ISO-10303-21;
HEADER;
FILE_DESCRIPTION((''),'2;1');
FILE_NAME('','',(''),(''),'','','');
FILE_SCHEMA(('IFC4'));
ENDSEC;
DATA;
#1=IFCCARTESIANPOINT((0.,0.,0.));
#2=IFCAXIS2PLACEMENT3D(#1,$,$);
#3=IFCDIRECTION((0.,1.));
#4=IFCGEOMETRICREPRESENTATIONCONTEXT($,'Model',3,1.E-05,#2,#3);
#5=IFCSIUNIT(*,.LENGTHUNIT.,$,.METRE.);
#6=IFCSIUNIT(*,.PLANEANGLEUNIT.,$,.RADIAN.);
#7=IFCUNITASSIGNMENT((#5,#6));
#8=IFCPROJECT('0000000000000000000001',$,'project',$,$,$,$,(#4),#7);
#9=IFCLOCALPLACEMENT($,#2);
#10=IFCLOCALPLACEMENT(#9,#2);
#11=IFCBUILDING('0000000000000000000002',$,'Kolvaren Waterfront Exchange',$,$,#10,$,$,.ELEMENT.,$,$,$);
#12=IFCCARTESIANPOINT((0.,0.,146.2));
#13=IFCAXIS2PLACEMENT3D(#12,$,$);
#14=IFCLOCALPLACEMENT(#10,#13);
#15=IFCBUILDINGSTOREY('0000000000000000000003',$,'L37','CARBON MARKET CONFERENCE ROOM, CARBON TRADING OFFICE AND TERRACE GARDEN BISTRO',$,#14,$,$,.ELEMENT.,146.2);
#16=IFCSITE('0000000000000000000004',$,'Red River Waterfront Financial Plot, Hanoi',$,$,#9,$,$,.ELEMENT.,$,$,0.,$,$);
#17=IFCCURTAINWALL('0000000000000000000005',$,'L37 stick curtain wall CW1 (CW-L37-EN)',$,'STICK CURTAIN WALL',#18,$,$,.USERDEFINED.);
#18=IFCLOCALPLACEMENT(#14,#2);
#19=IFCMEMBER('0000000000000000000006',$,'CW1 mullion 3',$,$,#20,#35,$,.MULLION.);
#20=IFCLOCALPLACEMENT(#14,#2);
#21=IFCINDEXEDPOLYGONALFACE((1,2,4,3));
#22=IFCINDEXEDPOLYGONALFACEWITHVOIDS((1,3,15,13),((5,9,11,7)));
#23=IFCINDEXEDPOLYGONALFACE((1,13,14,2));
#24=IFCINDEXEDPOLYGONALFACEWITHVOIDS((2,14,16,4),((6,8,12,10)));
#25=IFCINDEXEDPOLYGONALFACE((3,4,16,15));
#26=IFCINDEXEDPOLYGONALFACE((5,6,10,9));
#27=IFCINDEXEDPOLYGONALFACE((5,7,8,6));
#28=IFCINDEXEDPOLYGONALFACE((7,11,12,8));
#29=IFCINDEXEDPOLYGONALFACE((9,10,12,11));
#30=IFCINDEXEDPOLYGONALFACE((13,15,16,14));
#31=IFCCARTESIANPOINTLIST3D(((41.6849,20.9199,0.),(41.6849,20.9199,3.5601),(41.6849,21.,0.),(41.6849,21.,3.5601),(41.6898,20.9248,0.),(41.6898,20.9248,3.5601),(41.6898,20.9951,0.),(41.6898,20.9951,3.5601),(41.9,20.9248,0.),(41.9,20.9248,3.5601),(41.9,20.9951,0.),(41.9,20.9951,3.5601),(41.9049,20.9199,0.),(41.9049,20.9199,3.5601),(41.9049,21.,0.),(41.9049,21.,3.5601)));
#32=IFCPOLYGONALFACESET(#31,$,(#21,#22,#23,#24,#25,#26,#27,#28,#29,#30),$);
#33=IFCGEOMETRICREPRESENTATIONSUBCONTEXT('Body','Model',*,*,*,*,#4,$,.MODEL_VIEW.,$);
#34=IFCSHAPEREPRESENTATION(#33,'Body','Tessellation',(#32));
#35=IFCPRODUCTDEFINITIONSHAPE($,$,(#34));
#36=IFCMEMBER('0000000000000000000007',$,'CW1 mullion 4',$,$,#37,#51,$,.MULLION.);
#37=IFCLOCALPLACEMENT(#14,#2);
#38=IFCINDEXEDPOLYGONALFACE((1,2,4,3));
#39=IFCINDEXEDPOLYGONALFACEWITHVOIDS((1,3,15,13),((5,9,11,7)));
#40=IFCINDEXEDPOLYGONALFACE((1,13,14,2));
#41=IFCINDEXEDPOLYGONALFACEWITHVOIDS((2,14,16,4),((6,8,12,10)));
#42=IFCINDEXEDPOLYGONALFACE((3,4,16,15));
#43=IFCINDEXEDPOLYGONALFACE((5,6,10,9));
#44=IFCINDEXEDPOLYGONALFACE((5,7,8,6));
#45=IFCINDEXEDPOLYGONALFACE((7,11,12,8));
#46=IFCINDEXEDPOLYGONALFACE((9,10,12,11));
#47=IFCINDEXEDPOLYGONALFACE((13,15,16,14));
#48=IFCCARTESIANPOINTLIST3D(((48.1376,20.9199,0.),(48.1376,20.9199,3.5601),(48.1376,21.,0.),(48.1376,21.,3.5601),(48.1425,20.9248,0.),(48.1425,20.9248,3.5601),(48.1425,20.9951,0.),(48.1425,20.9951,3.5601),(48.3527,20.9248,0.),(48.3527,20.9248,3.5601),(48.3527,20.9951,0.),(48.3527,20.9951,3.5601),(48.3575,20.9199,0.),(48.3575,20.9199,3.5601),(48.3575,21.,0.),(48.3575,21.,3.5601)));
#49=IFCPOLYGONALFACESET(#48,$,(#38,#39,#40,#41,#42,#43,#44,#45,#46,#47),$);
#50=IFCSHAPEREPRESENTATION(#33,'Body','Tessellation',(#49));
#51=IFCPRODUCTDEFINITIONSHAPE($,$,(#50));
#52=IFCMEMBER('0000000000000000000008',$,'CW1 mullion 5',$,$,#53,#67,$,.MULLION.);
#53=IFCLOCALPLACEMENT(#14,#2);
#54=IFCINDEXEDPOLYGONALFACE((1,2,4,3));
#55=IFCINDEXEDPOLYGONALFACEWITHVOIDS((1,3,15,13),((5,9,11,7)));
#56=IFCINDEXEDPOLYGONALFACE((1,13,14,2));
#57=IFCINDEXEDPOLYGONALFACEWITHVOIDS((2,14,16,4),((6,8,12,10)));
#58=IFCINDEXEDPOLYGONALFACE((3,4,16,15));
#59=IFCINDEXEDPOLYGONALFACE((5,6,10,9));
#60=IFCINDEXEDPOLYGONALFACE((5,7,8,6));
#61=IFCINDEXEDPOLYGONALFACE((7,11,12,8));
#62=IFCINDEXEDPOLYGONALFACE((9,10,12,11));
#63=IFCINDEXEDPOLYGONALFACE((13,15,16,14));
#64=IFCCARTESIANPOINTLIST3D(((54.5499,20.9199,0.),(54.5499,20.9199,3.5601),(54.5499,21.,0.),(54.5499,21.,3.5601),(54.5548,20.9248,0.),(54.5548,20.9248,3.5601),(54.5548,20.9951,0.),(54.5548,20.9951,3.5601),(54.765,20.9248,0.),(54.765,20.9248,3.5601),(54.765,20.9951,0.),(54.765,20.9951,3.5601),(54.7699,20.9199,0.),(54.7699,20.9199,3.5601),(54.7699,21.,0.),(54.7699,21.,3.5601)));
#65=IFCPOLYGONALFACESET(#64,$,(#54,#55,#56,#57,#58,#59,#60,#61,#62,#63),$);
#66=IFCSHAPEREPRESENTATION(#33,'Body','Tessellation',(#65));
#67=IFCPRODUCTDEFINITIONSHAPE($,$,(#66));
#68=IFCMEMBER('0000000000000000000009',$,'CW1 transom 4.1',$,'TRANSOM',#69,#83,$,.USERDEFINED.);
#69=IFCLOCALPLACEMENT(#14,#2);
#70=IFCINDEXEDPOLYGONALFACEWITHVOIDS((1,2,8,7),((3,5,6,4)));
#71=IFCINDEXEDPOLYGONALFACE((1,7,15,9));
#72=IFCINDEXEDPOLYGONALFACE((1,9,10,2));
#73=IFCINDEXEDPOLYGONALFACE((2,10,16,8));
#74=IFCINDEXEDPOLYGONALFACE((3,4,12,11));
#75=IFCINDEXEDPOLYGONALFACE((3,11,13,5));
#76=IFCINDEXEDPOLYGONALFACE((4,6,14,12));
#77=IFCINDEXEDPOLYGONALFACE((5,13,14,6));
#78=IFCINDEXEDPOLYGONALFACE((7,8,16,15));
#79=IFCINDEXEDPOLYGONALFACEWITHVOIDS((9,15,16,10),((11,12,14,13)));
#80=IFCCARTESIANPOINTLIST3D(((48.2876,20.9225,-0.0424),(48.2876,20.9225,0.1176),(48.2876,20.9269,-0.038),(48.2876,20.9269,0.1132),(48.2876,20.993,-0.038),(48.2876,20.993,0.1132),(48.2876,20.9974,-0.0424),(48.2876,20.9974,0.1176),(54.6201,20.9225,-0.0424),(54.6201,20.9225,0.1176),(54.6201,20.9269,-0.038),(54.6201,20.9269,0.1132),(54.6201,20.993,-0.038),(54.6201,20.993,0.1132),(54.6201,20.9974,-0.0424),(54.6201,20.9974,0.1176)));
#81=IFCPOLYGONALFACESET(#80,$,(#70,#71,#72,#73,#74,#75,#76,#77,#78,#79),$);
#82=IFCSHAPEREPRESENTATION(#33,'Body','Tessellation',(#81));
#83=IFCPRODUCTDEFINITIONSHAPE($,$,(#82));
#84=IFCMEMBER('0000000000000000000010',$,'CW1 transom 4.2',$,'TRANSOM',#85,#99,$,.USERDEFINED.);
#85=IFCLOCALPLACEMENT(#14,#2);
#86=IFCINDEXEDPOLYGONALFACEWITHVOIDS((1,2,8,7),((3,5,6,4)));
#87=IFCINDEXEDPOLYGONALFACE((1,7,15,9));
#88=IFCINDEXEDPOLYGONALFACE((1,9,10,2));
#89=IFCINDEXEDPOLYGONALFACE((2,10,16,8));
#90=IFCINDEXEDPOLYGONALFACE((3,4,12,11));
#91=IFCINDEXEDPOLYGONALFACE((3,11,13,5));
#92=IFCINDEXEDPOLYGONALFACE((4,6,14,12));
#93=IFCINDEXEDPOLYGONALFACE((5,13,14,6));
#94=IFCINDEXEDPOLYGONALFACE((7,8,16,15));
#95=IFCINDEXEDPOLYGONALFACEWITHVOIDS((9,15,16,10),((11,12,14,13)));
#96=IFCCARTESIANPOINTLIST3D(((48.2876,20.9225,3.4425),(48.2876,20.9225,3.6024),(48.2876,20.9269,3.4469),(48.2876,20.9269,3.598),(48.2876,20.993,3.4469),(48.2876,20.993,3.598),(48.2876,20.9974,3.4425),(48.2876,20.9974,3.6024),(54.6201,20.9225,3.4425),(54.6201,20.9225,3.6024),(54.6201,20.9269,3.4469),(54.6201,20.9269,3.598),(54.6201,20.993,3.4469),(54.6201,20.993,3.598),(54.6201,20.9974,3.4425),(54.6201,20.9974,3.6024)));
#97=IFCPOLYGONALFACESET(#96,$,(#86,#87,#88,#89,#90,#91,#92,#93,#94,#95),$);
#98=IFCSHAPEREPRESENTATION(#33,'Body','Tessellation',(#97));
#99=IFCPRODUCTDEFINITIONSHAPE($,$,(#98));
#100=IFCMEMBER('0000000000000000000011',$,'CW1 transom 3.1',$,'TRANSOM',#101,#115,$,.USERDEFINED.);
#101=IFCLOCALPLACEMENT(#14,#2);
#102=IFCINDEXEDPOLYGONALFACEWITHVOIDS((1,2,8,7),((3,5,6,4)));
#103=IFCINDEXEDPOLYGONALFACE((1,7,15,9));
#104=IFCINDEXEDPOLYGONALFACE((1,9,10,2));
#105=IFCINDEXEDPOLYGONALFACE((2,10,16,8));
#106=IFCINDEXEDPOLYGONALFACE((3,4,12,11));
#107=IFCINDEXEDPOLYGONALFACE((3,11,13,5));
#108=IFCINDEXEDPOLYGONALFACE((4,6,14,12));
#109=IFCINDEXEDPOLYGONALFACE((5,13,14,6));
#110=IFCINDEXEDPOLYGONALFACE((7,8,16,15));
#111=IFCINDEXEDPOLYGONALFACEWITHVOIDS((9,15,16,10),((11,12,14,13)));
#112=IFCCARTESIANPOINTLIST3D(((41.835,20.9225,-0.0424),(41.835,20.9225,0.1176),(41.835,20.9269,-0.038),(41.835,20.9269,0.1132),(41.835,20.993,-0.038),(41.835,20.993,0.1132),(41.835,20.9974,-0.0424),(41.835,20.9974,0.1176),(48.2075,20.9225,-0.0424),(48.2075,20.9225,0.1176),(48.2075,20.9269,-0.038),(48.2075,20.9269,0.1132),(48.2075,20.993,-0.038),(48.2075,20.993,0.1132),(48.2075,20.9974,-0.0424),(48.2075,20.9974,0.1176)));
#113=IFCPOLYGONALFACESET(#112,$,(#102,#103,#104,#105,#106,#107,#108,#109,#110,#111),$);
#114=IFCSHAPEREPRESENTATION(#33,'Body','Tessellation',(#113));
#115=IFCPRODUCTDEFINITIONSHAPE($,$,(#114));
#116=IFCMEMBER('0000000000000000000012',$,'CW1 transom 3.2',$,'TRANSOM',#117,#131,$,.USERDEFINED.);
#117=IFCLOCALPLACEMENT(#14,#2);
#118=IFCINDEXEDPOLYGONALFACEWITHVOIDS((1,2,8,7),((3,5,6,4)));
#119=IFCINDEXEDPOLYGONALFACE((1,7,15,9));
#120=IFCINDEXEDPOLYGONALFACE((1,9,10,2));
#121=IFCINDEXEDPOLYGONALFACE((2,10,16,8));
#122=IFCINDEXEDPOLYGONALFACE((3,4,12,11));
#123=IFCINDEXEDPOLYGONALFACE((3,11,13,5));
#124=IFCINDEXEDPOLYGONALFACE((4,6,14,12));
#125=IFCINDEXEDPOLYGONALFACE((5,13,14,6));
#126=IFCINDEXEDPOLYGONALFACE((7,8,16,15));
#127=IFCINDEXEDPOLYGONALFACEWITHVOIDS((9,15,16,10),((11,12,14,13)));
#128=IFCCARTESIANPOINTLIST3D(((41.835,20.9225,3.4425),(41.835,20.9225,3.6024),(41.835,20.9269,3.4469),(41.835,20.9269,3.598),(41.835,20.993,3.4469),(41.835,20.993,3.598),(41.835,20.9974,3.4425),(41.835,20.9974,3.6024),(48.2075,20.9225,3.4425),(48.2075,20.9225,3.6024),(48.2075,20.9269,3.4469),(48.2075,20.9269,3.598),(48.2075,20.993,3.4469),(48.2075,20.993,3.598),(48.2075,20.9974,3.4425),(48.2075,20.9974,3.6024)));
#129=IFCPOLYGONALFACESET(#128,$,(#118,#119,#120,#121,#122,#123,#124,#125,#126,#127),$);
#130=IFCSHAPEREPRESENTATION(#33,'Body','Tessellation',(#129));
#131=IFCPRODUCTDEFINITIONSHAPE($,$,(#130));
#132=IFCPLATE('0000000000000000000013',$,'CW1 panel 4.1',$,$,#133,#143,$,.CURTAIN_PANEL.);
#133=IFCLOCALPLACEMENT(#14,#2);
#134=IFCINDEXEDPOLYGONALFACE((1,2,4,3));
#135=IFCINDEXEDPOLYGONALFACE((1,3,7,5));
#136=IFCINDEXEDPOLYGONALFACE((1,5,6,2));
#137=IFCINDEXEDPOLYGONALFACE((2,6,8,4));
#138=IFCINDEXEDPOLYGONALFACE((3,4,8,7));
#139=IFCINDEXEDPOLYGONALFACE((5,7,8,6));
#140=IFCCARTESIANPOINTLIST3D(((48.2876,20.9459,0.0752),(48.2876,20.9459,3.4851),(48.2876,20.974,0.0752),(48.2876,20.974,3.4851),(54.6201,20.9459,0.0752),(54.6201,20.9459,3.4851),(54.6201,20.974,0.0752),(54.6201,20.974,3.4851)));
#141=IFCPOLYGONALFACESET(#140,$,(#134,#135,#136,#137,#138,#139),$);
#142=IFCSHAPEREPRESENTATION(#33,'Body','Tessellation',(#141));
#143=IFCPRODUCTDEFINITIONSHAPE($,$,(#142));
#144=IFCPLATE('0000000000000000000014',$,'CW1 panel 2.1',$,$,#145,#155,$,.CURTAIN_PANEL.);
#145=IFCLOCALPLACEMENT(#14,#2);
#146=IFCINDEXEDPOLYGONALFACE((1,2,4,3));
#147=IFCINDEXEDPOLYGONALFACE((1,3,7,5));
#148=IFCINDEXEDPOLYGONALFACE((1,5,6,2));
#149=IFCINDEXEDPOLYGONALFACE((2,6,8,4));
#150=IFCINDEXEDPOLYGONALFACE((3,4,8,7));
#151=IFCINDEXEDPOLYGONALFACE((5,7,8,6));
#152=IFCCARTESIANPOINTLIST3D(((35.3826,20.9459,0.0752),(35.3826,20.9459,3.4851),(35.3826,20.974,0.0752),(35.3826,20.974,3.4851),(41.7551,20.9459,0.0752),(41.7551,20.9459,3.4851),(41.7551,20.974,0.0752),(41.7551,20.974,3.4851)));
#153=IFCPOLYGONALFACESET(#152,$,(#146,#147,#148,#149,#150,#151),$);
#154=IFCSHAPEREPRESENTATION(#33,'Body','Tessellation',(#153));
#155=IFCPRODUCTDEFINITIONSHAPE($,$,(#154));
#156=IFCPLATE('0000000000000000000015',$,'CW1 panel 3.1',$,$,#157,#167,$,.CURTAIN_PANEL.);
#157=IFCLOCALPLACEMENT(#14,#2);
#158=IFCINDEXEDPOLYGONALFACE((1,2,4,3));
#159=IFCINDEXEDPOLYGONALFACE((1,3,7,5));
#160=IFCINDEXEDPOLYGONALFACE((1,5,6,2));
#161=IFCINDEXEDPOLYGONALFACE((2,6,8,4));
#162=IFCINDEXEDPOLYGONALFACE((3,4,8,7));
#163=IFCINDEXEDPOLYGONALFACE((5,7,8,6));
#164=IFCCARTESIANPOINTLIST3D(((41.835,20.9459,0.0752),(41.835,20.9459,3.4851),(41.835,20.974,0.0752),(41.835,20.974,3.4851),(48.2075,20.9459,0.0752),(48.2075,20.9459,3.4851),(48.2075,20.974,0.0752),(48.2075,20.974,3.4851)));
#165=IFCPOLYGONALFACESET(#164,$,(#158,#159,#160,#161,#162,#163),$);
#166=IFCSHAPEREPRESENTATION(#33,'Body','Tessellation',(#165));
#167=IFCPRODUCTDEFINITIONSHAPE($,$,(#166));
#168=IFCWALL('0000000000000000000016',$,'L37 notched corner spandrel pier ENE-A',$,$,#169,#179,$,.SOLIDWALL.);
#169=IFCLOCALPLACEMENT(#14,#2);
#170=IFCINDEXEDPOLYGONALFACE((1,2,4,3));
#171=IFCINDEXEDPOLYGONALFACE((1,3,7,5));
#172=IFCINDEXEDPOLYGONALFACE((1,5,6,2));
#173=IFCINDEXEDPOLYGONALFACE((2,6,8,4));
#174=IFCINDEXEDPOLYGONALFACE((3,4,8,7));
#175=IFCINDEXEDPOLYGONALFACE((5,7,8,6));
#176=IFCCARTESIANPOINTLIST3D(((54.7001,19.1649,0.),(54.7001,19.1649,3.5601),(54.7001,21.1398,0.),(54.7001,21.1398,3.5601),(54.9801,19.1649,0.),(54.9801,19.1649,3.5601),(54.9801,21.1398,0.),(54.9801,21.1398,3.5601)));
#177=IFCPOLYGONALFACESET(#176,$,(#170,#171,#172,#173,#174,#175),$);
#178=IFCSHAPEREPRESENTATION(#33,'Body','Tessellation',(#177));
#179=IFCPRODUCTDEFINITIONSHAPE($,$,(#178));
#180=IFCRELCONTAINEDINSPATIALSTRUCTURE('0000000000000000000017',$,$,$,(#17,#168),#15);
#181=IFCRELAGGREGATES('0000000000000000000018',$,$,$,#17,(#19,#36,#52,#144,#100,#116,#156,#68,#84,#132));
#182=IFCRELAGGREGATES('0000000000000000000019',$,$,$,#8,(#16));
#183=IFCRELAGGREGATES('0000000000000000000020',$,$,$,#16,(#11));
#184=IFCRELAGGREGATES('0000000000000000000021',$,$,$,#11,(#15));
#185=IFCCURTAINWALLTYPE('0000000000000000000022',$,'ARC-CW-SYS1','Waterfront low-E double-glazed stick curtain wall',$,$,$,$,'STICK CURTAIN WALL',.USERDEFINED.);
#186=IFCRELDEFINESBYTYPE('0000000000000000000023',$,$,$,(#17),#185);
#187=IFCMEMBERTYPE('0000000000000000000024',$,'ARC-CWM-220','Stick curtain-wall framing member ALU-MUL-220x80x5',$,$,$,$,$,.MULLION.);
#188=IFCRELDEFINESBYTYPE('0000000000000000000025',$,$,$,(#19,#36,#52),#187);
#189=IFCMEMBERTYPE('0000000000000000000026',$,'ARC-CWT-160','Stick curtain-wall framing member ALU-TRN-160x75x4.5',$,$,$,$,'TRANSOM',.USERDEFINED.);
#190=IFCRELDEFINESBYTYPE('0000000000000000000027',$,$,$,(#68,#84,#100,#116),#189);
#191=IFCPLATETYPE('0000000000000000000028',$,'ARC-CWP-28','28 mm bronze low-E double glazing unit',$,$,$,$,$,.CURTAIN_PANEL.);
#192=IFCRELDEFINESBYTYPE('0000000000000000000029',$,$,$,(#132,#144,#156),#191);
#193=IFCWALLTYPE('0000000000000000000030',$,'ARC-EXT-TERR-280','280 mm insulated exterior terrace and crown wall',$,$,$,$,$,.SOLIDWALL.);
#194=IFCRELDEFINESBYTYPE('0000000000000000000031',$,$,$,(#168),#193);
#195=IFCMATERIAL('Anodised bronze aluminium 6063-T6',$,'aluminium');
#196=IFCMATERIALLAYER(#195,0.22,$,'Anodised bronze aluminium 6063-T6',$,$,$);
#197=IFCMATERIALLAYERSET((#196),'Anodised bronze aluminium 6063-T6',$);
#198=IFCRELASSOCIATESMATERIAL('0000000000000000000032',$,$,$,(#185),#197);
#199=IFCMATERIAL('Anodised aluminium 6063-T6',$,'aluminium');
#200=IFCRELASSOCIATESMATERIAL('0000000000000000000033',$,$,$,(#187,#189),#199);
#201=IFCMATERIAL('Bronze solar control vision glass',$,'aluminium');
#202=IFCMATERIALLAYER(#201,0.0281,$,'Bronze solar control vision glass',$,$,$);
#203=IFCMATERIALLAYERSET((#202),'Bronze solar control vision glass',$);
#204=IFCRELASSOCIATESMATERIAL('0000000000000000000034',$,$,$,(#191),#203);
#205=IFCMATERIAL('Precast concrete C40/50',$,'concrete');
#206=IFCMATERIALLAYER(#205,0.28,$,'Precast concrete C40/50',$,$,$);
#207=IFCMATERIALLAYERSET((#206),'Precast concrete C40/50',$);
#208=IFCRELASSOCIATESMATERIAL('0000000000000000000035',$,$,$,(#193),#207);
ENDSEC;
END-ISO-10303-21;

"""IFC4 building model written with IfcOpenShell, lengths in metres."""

from ifc_helpers import new_model, si_unit, direction, frame, frame_2d, origin, origin_with_axes, origin_2d, place, context, subcontext, project, spatial, rectangle, hollow_rectangle, extrude, source, transform, mapped, material, layer, layer_set, material_profile, profile_set, type_object, element, aggregate, save


model = new_model("IFC4")

# Units and contexts
model_context = context("Model", 3, precision=1e-05, world=origin(), true_north=direction((0.0, 1.0)))
body_context = subcontext(model_context, "Body", "Model", "MODEL_VIEW")
ifc_project = project(units=[si_unit("LENGTHUNIT", "METRE"), si_unit("PLANEANGLEUNIT", "RADIAN")], contexts=[model_context])

# Site, building, storey
site_placement = place(None, origin())
site = spatial("IfcSite", under=ifc_project, at=site_placement, Name="Red River Waterfront Financial Plot, Hanoi", CompositionType="ELEMENT", RefElevation=0.0)
building_placement = place(site_placement, origin())
building = spatial("IfcBuilding", under=site, at=building_placement, Name="Kolvaren Waterfront Exchange", CompositionType="ELEMENT")
storey_placement = place(building_placement, frame((0.0, 0.0, 146.2)))
storey = spatial("IfcBuildingStorey", under=building, at=storey_placement, Name="L37", Description="CARBON MARKET CONFERENCE ROOM, CARBON TRADING OFFICE AND TERRACE GARDEN BISTRO", CompositionType="ELEMENT", Elevation=146.2)

# Curtain wall, members, plates
ifc_material_1 = material(Name="Anodised bronze aluminium 6063-T6", Category="aluminium")
ifc_layer_1 = layer(ifc_material_1, 0.22, Name="Anodised bronze aluminium 6063-T6")
ifc_layer_set_1 = layer_set([ifc_layer_1], Name="Anodised bronze aluminium 6063-T6")
curtain_wall_type = type_object("IfcCurtainWallType", Name="ARC-CW-SYS1", Description="Waterfront low-E double-glazed stick curtain wall", ElementType="STICK CURTAIN WALL", PredefinedType="USERDEFINED", material=ifc_layer_set_1)
curtain_wall_placement = place(storey_placement, origin())
curtain_wall = element("IfcCurtainWall", 1, at=curtain_wall_placement, inside=storey, type_object=curtain_wall_type, Name="L37 stick curtain wall CW1 (CW-L37-EN)", ObjectType="STICK CURTAIN WALL", PredefinedType="USERDEFINED")
ifc_material_2 = material(Name="Anodised aluminium 6063-T6", Category="aluminium")
ifc_material_profile_1 = material_profile(ifc_material_2, hollow_rectangle(XDim=0.0801, YDim=0.22, WallThickness=0.0049, at=origin_2d()), Name="ALU-MUL-220x80x5")
ifc_profile_set_1 = profile_set([ifc_material_profile_1], Name="Anodised aluminium 6063-T6")
member_type_1 = type_object("IfcMemberType", Name="ARC-CWM-220", Description="Stick curtain-wall framing member ALU-MUL-220x80x5", PredefinedType="MULLION", material=ifc_profile_set_1)
shared_shape_1 = source(origin_with_axes(), body_context, "Body", "SweptSolid", [
    extrude(hollow_rectangle(XDim=0.0801, YDim=0.22, WallThickness=0.0049, at=origin_2d()), origin(), (0.0, 0.0, 1.0), 3.5601),
])
member_1_placement = place(storey_placement, frame((41.7949, 20.96, 0.0), z_axis=(0.0, 0.0, 1.0), x_axis=(0.0, 1.0, 0.0)))
member_1 = element("IfcMember", 2, at=member_1_placement, type_object=member_type_1, Name="CW1 mullion 3", PredefinedType="MULLION", context=body_context, shape_type="MappedRepresentation", body=[
    mapped(shared_shape_1, transform((0.0, 0.0, 0.0), x_axis=(1.0, 0.0, 0.0), y_axis=(0.0, 1.0, 0.0), z_axis=(0.0, 0.0, 1.0), scale=1.0)),
])
member_2_placement = place(storey_placement, frame((48.2476, 20.96, 0.0), z_axis=(0.0, 0.0, 1.0), x_axis=(0.0, 1.0, 0.0)))
member_2 = element("IfcMember", 3, at=member_2_placement, type_object=member_type_1, Name="CW1 mullion 4", PredefinedType="MULLION", context=body_context, shape_type="MappedRepresentation", body=[
    mapped(shared_shape_1, transform((0.0, 0.0, 0.0), x_axis=(1.0, 0.0, 0.0), y_axis=(0.0, 1.0, 0.0), z_axis=(0.0, 0.0, 1.0), scale=1.0)),
])
member_3_placement = place(storey_placement, frame((54.6599, 20.96, 0.0), z_axis=(0.0, 0.0, 1.0), x_axis=(0.0, 1.0, 0.0)))
member_3 = element("IfcMember", 4, at=member_3_placement, type_object=member_type_1, Name="CW1 mullion 5", PredefinedType="MULLION", context=body_context, shape_type="MappedRepresentation", body=[
    mapped(shared_shape_1, transform((0.0, 0.0, 0.0), x_axis=(1.0, 0.0, 0.0), y_axis=(0.0, 1.0, 0.0), z_axis=(0.0, 0.0, 1.0), scale=1.0)),
])
ifc_material_profile_2 = material_profile(ifc_material_2, hollow_rectangle(XDim=0.075, YDim=0.1599, WallThickness=0.0044, at=origin_2d()), Name="ALU-TRN-160x75x4.5")
ifc_profile_set_2 = profile_set([ifc_material_profile_2], Name="Anodised aluminium 6063-T6")
member_type_2 = type_object("IfcMemberType", Name="ARC-CWT-160", Description="Stick curtain-wall framing member ALU-TRN-160x75x4.5", ElementType="TRANSOM", PredefinedType="USERDEFINED", material=ifc_profile_set_2)
shared_shape_2 = source(origin_with_axes(), body_context, "Body", "SweptSolid", [
    extrude(hollow_rectangle(XDim=0.075, YDim=0.1599, WallThickness=0.0044, at=origin_2d()), origin(), (0.0, 0.0, 1.0), 6.3325),
])
member_4_placement = place(storey_placement, frame((48.2876, 20.96, 0.0376), z_axis=(1.0, 0.0, 0.0), x_axis=(0.0, 1.0, 0.0)))
member_4 = element("IfcMember", 5, at=member_4_placement, type_object=member_type_2, Name="CW1 transom 4.1", ObjectType="TRANSOM", PredefinedType="USERDEFINED", context=body_context, shape_type="MappedRepresentation", body=[
    mapped(shared_shape_2, transform((0.0, 0.0, 0.0), x_axis=(1.0, 0.0, 0.0), y_axis=(0.0, 1.0, 0.0), z_axis=(0.0, 0.0, 1.0), scale=1.0)),
])
member_5_placement = place(storey_placement, frame((48.2876, 20.96, 3.5225), z_axis=(1.0, 0.0, 0.0), x_axis=(0.0, 1.0, 0.0)))
member_5 = element("IfcMember", 6, at=member_5_placement, type_object=member_type_2, Name="CW1 transom 4.2", ObjectType="TRANSOM", PredefinedType="USERDEFINED", context=body_context, shape_type="MappedRepresentation", body=[
    mapped(shared_shape_2, transform((0.0, 0.0, 0.0), x_axis=(1.0, 0.0, 0.0), y_axis=(0.0, 1.0, 0.0), z_axis=(0.0, 0.0, 1.0), scale=1.0)),
])
shared_shape_3 = source(origin_with_axes(), body_context, "Body", "SweptSolid", [
    extrude(hollow_rectangle(XDim=0.075, YDim=0.1599, WallThickness=0.0044, at=origin_2d()), origin(), (0.0, 0.0, 1.0), 6.3726),
])
member_6_placement = place(storey_placement, frame((41.835, 20.96, 0.0376), z_axis=(1.0, 0.0, 0.0), x_axis=(0.0, 1.0, 0.0)))
member_6 = element("IfcMember", 7, at=member_6_placement, type_object=member_type_2, Name="CW1 transom 3.1", ObjectType="TRANSOM", PredefinedType="USERDEFINED", context=body_context, shape_type="MappedRepresentation", body=[
    mapped(shared_shape_3, transform((0.0, 0.0, 0.0), x_axis=(1.0, 0.0, 0.0), y_axis=(0.0, 1.0, 0.0), z_axis=(0.0, 0.0, 1.0), scale=1.0)),
])
member_7_placement = place(storey_placement, frame((41.835, 20.96, 3.5225), z_axis=(1.0, 0.0, 0.0), x_axis=(0.0, 1.0, 0.0)))
member_7 = element("IfcMember", 8, at=member_7_placement, type_object=member_type_2, Name="CW1 transom 3.2", ObjectType="TRANSOM", PredefinedType="USERDEFINED", context=body_context, shape_type="MappedRepresentation", body=[
    mapped(shared_shape_3, transform((0.0, 0.0, 0.0), x_axis=(1.0, 0.0, 0.0), y_axis=(0.0, 1.0, 0.0), z_axis=(0.0, 0.0, 1.0), scale=1.0)),
])
ifc_material_3 = material(Name="Bronze solar control vision glass", Category="aluminium")
ifc_layer_2 = layer(ifc_material_3, 0.0281, Name="Bronze solar control vision glass")
ifc_layer_set_2 = layer_set([ifc_layer_2], Name="Bronze solar control vision glass")
plate_type = type_object("IfcPlateType", Name="ARC-CWP-28", Description="28 mm bronze low-E double glazing unit", PredefinedType="CURTAIN_PANEL", material=ifc_layer_set_2)
shared_shape_4 = source(origin_with_axes(), body_context, "Body", "SweptSolid", [
    extrude(rectangle(XDim=6.3325, YDim=0.0281, at=origin_2d()), origin(), (0.0, 0.0, 1.0), 3.4099),
])
plate_1_placement = place(storey_placement, frame((51.4539, 20.96, 0.0752), z_axis=(0.0, 0.0, 1.0), x_axis=(1.0, 0.0, 0.0)))
plate_1 = element("IfcPlate", 9, at=plate_1_placement, type_object=plate_type, Name="CW1 panel 4.1", PredefinedType="CURTAIN_PANEL", context=body_context, shape_type="MappedRepresentation", body=[
    mapped(shared_shape_4, transform((0.0, 0.0, 0.0), x_axis=(1.0, 0.0, 0.0), y_axis=(0.0, 1.0, 0.0), z_axis=(0.0, 0.0, 1.0), scale=1.0)),
])
shared_shape_5 = source(origin_with_axes(), body_context, "Body", "SweptSolid", [
    extrude(rectangle(XDim=6.3726, YDim=0.0281, at=origin_2d()), origin(), (0.0, 0.0, 1.0), 3.4099),
])
plate_2_placement = place(storey_placement, frame((38.5688, 20.96, 0.0752), z_axis=(0.0, 0.0, 1.0), x_axis=(1.0, 0.0, 0.0)))
plate_2 = element("IfcPlate", 10, at=plate_2_placement, type_object=plate_type, Name="CW1 panel 2.1", PredefinedType="CURTAIN_PANEL", context=body_context, shape_type="MappedRepresentation", body=[
    mapped(shared_shape_5, transform((0.0, 0.0, 0.0), x_axis=(1.0, 0.0, 0.0), y_axis=(0.0, 1.0, 0.0), z_axis=(0.0, 0.0, 1.0), scale=1.0)),
])
plate_3_placement = place(storey_placement, frame((45.0212, 20.96, 0.0752), z_axis=(0.0, 0.0, 1.0), x_axis=(1.0, 0.0, 0.0)))
plate_3 = element("IfcPlate", 11, at=plate_3_placement, type_object=plate_type, Name="CW1 panel 3.1", PredefinedType="CURTAIN_PANEL", context=body_context, shape_type="MappedRepresentation", body=[
    mapped(shared_shape_5, transform((0.0, 0.0, 0.0), x_axis=(1.0, 0.0, 0.0), y_axis=(0.0, 1.0, 0.0), z_axis=(0.0, 0.0, 1.0), scale=1.0)),
])
aggregate(curtain_wall, [member_1, member_2, member_3, plate_2, member_6, member_7, plate_3, member_4, member_5, plate_1])

# Wall
ifc_material_4 = material(Name="Precast concrete C40/50", Category="concrete")
ifc_layer_3 = layer(ifc_material_4, 0.28, Name="Precast concrete C40/50")
ifc_layer_set_3 = layer_set([ifc_layer_3], Name="Precast concrete C40/50")
wall_type_1 = type_object("IfcWallType", Name="ARC-EXT-TERR-280", Description="280 mm insulated exterior terrace and crown wall", PredefinedType="SOLIDWALL", material=ifc_layer_set_3)
wall_1_placement = place(storey_placement, frame((54.8401, 19.165, 0.0), z_axis=(0.0, 0.0, 1.0), x_axis=(0.0, 1.0, 0.0)))
element("IfcWall", 12, at=wall_1_placement, inside=storey, type_object=wall_type_1, Name="L37 notched corner spandrel pier ENE-A", PredefinedType="SOLIDWALL", context=body_context, shape_type="SweptSolid", body=[
    extrude(rectangle(XDim=1.9749, YDim=0.28, at=frame_2d((0.9873, 0.0))), origin(), (0.0, 0.0, 1.0), 3.5601),
])

save(model, "model.ifc")
